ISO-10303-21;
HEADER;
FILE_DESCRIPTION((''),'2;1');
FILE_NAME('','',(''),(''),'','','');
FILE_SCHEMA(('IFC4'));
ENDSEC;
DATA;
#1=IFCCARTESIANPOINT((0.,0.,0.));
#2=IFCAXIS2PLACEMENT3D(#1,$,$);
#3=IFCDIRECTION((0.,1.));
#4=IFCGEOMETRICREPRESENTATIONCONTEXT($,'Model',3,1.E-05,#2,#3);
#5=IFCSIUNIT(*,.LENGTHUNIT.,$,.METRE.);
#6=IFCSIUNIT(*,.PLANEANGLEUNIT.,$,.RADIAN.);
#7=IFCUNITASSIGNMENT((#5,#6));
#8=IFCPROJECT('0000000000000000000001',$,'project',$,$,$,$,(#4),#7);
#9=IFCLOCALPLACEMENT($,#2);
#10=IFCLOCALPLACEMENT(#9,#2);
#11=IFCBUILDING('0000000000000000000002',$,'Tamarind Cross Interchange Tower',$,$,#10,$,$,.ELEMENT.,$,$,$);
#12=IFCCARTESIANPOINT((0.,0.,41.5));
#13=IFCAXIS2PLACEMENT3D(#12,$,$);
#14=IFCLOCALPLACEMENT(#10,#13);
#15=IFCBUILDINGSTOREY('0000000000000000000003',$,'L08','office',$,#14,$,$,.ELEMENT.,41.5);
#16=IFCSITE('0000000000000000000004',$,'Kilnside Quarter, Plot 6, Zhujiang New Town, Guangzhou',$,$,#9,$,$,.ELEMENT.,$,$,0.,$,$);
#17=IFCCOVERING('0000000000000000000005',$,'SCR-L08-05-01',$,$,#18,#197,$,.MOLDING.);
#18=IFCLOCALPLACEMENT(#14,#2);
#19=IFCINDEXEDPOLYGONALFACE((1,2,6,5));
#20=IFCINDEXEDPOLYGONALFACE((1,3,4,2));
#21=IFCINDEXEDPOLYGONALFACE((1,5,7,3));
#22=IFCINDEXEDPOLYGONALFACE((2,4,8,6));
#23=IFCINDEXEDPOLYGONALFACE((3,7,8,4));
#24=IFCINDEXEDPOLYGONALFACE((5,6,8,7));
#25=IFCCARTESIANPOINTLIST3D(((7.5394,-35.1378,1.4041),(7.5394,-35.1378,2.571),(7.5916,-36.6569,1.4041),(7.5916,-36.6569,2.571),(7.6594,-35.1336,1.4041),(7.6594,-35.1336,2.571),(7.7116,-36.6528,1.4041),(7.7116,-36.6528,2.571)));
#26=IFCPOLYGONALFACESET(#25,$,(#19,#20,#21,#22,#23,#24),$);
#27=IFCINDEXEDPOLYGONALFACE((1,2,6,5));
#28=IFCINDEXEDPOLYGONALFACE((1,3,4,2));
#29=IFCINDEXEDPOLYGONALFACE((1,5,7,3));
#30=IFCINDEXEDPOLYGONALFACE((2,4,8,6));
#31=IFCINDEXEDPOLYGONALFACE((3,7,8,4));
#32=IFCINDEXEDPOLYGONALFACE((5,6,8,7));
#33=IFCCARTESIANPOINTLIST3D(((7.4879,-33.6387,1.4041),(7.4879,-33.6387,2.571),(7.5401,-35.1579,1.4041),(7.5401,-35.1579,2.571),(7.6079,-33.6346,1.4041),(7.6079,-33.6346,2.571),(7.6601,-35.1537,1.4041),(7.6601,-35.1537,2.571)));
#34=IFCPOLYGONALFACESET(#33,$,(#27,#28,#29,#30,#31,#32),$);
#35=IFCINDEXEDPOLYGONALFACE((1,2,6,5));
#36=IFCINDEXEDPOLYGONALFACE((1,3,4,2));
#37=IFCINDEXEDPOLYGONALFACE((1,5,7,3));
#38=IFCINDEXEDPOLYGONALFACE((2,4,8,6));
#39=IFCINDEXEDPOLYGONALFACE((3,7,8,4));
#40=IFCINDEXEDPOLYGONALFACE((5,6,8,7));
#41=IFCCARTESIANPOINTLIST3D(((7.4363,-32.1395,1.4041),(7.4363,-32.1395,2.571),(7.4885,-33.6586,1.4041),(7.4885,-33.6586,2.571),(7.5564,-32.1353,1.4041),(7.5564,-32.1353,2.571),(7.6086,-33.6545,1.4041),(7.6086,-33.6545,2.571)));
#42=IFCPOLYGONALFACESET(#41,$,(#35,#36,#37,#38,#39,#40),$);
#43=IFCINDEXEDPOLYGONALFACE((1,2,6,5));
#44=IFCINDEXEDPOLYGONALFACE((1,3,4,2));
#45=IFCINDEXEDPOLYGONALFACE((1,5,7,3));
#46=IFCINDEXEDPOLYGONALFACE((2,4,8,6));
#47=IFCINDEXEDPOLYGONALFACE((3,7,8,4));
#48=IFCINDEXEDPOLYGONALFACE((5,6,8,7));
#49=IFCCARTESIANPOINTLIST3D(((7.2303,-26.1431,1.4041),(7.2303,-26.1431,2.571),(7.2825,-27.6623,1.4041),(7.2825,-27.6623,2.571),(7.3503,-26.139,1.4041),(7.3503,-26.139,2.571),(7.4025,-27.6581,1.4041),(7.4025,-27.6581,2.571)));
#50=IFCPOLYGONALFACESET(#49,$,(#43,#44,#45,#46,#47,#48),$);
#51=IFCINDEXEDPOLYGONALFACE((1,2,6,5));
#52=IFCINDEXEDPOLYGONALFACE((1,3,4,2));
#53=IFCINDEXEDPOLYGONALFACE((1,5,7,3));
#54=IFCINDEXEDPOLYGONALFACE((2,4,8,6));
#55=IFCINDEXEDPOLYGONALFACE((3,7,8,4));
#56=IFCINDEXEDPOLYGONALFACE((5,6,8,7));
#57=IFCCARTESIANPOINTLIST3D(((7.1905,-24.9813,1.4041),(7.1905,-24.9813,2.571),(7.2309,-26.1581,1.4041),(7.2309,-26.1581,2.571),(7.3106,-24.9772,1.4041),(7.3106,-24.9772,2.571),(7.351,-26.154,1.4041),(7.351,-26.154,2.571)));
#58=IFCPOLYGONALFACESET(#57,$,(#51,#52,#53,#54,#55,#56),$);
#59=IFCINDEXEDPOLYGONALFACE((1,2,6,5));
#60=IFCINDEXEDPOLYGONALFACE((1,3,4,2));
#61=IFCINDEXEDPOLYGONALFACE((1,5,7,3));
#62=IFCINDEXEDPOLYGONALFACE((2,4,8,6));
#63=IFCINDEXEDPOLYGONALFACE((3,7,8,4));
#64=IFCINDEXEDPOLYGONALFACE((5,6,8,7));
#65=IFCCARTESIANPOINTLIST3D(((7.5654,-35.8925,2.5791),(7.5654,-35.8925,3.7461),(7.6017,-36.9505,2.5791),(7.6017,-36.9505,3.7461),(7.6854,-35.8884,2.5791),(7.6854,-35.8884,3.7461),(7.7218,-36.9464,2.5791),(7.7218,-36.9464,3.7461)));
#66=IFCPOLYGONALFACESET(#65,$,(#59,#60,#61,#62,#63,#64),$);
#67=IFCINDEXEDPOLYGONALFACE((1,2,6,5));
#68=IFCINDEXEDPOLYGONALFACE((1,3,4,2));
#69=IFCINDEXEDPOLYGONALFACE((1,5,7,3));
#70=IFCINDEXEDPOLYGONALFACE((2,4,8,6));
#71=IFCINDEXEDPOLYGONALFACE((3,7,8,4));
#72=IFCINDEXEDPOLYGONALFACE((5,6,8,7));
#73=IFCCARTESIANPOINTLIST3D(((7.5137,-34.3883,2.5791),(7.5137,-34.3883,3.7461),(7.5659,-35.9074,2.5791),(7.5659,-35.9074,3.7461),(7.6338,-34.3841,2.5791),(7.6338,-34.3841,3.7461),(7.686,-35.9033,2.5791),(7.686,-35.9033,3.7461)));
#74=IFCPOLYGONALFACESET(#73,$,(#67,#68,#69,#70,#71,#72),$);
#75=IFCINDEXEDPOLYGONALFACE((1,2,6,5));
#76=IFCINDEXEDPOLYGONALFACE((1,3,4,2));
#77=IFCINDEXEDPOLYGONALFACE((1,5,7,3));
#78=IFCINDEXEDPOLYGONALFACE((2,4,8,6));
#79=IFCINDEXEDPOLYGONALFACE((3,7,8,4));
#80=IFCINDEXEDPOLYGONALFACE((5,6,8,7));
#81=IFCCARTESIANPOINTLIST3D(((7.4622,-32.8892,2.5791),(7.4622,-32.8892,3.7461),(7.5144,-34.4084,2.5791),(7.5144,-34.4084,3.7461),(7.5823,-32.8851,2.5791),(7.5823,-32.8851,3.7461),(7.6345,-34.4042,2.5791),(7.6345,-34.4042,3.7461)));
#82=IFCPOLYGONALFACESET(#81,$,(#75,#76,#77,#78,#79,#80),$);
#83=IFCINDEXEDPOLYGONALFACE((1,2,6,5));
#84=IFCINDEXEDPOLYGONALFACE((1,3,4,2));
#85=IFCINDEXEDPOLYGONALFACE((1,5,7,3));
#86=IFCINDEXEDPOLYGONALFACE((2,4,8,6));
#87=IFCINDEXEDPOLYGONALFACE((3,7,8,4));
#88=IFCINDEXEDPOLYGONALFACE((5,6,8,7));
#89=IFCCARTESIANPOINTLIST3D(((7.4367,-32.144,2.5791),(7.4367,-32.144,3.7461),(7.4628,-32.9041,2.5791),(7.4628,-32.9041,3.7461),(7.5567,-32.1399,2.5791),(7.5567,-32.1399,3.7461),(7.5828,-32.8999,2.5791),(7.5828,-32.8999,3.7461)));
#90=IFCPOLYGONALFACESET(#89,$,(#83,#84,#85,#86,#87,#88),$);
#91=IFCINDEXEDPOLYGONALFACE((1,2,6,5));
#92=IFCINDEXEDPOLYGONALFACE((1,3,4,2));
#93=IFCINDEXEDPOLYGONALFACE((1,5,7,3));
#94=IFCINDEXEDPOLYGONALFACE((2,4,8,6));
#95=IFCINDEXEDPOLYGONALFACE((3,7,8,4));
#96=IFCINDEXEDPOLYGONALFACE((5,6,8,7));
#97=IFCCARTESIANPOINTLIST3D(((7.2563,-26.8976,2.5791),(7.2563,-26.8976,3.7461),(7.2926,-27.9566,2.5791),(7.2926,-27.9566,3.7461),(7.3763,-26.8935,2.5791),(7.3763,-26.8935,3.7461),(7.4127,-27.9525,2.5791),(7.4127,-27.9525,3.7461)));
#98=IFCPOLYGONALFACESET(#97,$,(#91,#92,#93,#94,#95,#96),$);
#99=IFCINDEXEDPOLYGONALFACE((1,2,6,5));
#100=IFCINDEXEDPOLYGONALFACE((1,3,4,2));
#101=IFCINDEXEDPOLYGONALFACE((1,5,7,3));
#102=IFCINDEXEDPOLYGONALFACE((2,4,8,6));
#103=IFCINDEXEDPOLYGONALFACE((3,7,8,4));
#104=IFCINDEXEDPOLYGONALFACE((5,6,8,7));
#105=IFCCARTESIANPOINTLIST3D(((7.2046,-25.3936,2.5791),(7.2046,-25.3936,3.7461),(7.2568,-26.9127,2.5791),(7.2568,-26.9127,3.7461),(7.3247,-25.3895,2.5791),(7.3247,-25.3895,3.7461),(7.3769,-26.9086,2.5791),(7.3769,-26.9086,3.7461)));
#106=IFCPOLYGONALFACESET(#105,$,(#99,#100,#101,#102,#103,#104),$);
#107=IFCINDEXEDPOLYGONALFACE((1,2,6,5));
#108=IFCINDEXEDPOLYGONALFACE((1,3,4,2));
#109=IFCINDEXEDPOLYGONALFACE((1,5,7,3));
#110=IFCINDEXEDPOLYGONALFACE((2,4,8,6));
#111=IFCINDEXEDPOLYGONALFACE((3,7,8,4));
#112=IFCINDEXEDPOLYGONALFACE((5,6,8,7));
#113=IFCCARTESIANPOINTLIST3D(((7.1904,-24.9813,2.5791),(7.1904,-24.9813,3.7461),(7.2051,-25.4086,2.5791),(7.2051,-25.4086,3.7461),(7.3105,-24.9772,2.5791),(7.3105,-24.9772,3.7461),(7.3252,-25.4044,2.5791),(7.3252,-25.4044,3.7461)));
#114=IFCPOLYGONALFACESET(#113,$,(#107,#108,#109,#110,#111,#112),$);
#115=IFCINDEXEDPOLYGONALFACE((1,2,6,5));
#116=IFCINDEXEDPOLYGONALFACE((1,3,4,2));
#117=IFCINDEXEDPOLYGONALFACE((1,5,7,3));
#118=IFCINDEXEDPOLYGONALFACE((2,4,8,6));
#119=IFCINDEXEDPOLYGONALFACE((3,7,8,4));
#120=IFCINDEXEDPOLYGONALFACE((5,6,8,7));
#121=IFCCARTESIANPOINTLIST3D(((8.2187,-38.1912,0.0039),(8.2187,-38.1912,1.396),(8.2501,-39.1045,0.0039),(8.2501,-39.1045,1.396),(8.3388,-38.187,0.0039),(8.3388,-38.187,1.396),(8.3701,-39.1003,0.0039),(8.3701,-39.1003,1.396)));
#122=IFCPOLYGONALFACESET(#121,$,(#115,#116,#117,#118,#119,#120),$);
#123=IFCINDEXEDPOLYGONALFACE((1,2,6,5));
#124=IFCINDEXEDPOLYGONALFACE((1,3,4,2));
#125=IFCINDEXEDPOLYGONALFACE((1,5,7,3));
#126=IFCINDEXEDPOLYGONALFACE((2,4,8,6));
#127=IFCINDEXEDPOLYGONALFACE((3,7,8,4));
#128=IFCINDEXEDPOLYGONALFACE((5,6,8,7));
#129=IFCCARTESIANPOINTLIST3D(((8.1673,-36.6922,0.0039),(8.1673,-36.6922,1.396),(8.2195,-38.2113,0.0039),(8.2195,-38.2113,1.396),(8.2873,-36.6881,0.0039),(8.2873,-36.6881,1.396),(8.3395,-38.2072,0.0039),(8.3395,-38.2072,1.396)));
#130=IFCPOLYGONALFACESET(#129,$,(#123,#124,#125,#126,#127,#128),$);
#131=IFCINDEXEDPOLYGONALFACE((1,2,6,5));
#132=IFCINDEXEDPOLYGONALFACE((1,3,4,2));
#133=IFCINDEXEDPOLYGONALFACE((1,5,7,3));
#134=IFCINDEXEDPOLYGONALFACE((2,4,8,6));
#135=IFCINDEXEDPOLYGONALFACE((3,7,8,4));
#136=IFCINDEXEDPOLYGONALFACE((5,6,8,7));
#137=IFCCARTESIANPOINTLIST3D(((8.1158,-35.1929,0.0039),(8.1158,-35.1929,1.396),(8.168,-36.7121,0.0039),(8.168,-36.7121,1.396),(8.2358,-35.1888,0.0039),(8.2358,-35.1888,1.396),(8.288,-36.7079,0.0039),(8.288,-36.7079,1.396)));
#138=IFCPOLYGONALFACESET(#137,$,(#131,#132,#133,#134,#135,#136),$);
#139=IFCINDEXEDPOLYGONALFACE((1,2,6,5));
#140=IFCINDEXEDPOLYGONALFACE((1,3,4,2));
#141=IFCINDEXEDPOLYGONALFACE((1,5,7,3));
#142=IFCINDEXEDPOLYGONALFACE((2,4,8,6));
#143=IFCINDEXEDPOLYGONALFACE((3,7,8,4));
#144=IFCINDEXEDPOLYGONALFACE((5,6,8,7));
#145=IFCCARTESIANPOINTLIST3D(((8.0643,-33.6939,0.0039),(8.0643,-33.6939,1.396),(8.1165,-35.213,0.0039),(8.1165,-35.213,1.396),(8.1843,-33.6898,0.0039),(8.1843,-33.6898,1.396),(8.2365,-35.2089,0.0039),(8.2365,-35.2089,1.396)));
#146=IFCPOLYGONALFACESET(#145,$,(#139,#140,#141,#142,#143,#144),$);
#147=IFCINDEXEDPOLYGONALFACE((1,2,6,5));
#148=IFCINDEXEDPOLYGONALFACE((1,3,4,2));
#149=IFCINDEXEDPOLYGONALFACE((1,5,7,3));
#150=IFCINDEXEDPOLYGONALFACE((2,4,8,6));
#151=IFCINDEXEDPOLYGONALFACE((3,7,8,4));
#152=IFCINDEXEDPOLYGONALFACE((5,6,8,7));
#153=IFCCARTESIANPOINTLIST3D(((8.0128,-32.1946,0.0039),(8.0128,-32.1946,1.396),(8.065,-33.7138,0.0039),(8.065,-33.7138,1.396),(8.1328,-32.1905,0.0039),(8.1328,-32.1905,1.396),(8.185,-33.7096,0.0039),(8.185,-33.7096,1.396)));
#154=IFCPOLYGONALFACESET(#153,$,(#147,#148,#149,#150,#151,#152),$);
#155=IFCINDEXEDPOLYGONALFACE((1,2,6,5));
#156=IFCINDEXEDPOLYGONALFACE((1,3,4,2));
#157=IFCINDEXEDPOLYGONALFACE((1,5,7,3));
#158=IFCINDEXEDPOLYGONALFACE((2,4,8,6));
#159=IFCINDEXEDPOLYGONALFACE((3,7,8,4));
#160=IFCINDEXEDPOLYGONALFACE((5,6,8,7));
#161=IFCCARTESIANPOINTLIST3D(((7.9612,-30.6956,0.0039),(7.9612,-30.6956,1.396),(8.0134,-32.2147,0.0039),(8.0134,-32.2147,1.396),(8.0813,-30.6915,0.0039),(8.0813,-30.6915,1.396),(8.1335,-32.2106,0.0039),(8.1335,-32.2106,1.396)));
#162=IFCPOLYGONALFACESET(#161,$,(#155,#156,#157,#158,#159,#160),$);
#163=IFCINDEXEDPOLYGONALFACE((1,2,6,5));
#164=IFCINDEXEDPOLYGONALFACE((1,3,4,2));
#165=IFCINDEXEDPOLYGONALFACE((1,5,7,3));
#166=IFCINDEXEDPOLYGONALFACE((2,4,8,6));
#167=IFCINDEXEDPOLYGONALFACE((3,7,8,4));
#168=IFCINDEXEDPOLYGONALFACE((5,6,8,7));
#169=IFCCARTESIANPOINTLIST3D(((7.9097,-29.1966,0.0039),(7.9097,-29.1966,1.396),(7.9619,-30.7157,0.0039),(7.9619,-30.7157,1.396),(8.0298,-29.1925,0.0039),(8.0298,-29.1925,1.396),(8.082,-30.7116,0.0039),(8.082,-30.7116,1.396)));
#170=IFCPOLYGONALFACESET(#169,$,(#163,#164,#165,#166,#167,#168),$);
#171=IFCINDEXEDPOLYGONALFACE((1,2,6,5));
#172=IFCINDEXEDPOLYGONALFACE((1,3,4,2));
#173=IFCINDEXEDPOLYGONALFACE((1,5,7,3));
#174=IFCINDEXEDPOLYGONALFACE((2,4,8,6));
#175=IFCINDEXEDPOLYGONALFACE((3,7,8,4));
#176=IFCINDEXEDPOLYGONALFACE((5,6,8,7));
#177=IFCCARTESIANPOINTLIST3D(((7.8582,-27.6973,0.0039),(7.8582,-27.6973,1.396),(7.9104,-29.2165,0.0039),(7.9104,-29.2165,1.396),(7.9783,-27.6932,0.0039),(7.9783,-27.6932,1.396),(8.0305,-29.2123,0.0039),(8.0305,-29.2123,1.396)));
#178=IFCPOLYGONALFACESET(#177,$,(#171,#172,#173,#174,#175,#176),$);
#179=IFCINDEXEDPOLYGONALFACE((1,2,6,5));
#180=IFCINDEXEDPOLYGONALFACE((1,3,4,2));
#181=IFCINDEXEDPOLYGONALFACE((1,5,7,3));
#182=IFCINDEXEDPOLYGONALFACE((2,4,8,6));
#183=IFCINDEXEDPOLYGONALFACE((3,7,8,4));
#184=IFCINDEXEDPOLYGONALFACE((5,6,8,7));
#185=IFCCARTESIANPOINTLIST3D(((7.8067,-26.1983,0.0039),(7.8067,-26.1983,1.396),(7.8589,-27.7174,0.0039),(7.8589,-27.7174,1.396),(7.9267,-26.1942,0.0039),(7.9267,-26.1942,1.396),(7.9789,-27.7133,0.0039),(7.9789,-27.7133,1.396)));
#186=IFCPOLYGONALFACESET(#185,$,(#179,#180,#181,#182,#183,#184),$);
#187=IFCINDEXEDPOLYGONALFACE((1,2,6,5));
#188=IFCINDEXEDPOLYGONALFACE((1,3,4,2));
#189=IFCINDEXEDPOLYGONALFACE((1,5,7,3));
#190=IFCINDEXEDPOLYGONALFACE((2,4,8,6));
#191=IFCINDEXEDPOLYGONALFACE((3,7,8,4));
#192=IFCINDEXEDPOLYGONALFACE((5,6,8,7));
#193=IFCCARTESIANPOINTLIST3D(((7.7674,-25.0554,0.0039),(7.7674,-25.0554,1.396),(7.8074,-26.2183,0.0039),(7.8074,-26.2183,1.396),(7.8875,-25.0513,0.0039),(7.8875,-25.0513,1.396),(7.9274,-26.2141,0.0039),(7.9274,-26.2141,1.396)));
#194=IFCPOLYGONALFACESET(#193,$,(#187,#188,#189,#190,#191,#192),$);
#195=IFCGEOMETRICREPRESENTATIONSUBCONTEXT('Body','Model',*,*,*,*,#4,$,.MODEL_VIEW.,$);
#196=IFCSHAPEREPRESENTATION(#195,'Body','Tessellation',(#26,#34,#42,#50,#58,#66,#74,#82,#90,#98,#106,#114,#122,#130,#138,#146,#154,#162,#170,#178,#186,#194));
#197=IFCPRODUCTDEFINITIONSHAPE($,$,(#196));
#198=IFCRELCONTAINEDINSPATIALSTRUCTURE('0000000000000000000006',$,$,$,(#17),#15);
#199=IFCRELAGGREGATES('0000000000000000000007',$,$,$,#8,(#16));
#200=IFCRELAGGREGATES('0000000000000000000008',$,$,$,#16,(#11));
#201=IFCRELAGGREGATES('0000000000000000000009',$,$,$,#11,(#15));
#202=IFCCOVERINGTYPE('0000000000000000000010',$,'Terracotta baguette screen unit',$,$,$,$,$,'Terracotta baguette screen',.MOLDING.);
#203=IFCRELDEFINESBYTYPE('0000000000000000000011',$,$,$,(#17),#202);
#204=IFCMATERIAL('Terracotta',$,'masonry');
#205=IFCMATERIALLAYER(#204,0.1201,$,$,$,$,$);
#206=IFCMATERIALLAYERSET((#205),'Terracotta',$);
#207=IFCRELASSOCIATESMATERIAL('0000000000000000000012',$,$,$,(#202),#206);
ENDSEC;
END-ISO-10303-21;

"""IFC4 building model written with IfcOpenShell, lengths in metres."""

from ifc_helpers import new_model, si_unit, direction, frame, origin, origin_2d, place, context, subcontext, project, spatial, rectangle, extrude, material, layer, layer_set, type_object, element, save


model = new_model("IFC4")

# Units and contexts
model_context = context("Model", 3, precision=1e-05, world=origin(), true_north=direction((0.0, 1.0)))
body_context = subcontext(model_context, "Body", "Model", "MODEL_VIEW")
ifc_project = project(units=[si_unit("LENGTHUNIT", "METRE"), si_unit("PLANEANGLEUNIT", "RADIAN")], contexts=[model_context])

# Site, building, storey
site_placement = place(None, origin())
site = spatial("IfcSite", under=ifc_project, at=site_placement, Name="Kilnside Quarter, Plot 6, Zhujiang New Town, Guangzhou", CompositionType="ELEMENT", RefElevation=0.0)
building_placement = place(site_placement, origin())
building = spatial("IfcBuilding", under=site, at=building_placement, Name="Tamarind Cross Interchange Tower", CompositionType="ELEMENT")
storey_placement = place(building_placement, frame((0.0, 0.0, 41.5)))
storey = spatial("IfcBuildingStorey", under=building, at=storey_placement, Name="L08", Description="office", CompositionType="ELEMENT", Elevation=41.5)

# Covering
ifc_material_1 = material(Name="Terracotta", Category="masonry")
ifc_layer_1 = layer(ifc_material_1, 0.1201)
ifc_layer_set_1 = layer_set([ifc_layer_1], Name="Terracotta")
covering_type = type_object("IfcCoveringType", Name="Terracotta baguette screen unit", ElementType="Terracotta baguette screen", PredefinedType="MOLDING", material=ifc_layer_set_1)
covering_1_placement = place(storey_placement, origin())
element("IfcCovering", 1, at=covering_1_placement, inside=storey, type_object=covering_type, Name="SCR-L08-05-01", PredefinedType="MOLDING", context=body_context, shape_type="SweptSolid", body=[
    extrude(rectangle(XDim=1.52, YDim=0.1201, at=origin_2d()), frame((7.6255, -35.8953, 1.4041), z_axis=(0.0, 0.0, 1.0), x_axis=(-0.034343, 0.99941, 0.0)), (0.0, 0.0, 1.0), 1.167),
    extrude(rectangle(XDim=1.52, YDim=0.1201, at=origin_2d()), frame((7.574, -34.3962, 1.4041), z_axis=(0.0, 0.0, 1.0), x_axis=(-0.034343, 0.99941, 0.0)), (0.0, 0.0, 1.0), 1.167),
    extrude(rectangle(XDim=1.52, YDim=0.1201, at=origin_2d()), frame((7.5225, -32.897, 1.4041), z_axis=(0.0, 0.0, 1.0), x_axis=(-0.034343, 0.99941, 0.0)), (0.0, 0.0, 1.0), 1.167),
    extrude(rectangle(XDim=1.52, YDim=0.1201, at=origin_2d()), frame((7.3164, -26.9006, 1.4041), z_axis=(0.0, 0.0, 1.0), x_axis=(-0.034343, 0.99941, 0.0)), (0.0, 0.0, 1.0), 1.167),
    extrude(rectangle(XDim=1.1775, YDim=0.1201, at=origin_2d()), frame((7.2708, -25.5676, 1.4041), z_axis=(0.0, 0.0, 1.0), x_axis=(-0.034343, 0.99941, 0.0)), (0.0, 0.0, 1.0), 1.167),
    extrude(rectangle(XDim=1.0586, YDim=0.1201, at=origin_2d()), frame((7.6436, -36.4194, 2.5791), z_axis=(0.0, 0.0, 1.0), x_axis=(-0.034343, 0.99941, 0.0)), (0.0, 0.0, 1.0), 1.167),
    extrude(rectangle(XDim=1.52, YDim=0.1201, at=origin_2d()), frame((7.5999, -35.1458, 2.5791), z_axis=(0.0, 0.0, 1.0), x_axis=(-0.034343, 0.99941, 0.0)), (0.0, 0.0, 1.0), 1.167),
    extrude(rectangle(XDim=1.52, YDim=0.1201, at=origin_2d()), frame((7.5483, -33.6467, 2.5791), z_axis=(0.0, 0.0, 1.0), x_axis=(-0.034343, 0.99941, 0.0)), (0.0, 0.0, 1.0), 1.167),
    extrude(rectangle(XDim=0.7605, YDim=0.1201, at=origin_2d()), frame((7.5098, -32.522, 2.5791), z_axis=(0.0, 0.0, 1.0), x_axis=(-0.034343, 0.99941, 0.0)), (0.0, 0.0, 1.0), 1.167),
    extrude(rectangle(XDim=1.0596, YDim=0.1201, at=origin_2d()), frame((7.3345, -27.425, 2.5791), z_axis=(0.0, 0.0, 1.0), x_axis=(-0.034343, 0.99941, 0.0)), (0.0, 0.0, 1.0), 1.167),
    extrude(rectangle(XDim=1.52, YDim=0.1201, at=origin_2d()), frame((7.2908, -26.1511, 2.5791), z_axis=(0.0, 0.0, 1.0), x_axis=(-0.034343, 0.99941, 0.0)), (0.0, 0.0, 1.0), 1.167),
    extrude(rectangle(XDim=0.4275, YDim=0.1201, at=origin_2d()), frame((7.2578, -25.1929, 2.5791), z_axis=(0.0, 0.0, 1.0), x_axis=(-0.034343, 0.99941, 0.0)), (0.0, 0.0, 1.0), 1.167),
    extrude(rectangle(XDim=0.9138, YDim=0.1201, at=origin_2d()), frame((8.2944, -38.6458, 0.0039), z_axis=(0.0, 0.0, 1.0), x_axis=(-0.034343, 0.99941, 0.0)), (0.0, 0.0, 1.0), 1.3921),
    extrude(rectangle(XDim=1.52, YDim=0.1201, at=origin_2d()), frame((8.2534, -37.4497, 0.0039), z_axis=(0.0, 0.0, 1.0), x_axis=(-0.034343, 0.99941, 0.0)), (0.0, 0.0, 1.0), 1.3921),
    extrude(rectangle(XDim=1.52, YDim=0.1201, at=origin_2d()), frame((8.2019, -35.9504, 0.0039), z_axis=(0.0, 0.0, 1.0), x_axis=(-0.034343, 0.99941, 0.0)), (0.0, 0.0, 1.0), 1.3921),
    extrude(rectangle(XDim=1.52, YDim=0.1201, at=origin_2d()), frame((8.1504, -34.4514, 0.0039), z_axis=(0.0, 0.0, 1.0), x_axis=(-0.034343, 0.99941, 0.0)), (0.0, 0.0, 1.0), 1.3921),
    extrude(rectangle(XDim=1.52, YDim=0.1201, at=origin_2d()), frame((8.0989, -32.9521, 0.0039), z_axis=(0.0, 0.0, 1.0), x_axis=(-0.034343, 0.99941, 0.0)), (0.0, 0.0, 1.0), 1.3921),
    extrude(rectangle(XDim=1.52, YDim=0.1201, at=origin_2d()), frame((8.0474, -31.4531, 0.0039), z_axis=(0.0, 0.0, 1.0), x_axis=(-0.034343, 0.99941, 0.0)), (0.0, 0.0, 1.0), 1.3921),
    extrude(rectangle(XDim=1.52, YDim=0.1201, at=origin_2d()), frame((7.9958, -29.9541, 0.0039), z_axis=(0.0, 0.0, 1.0), x_axis=(-0.034343, 0.99941, 0.0)), (0.0, 0.0, 1.0), 1.3921),
    extrude(rectangle(XDim=1.52, YDim=0.1201, at=origin_2d()), frame((7.9443, -28.4548, 0.0039), z_axis=(0.0, 0.0, 1.0), x_axis=(-0.034343, 0.99941, 0.0)), (0.0, 0.0, 1.0), 1.3921),
    extrude(rectangle(XDim=1.52, YDim=0.1201, at=origin_2d()), frame((7.8928, -26.9558, 0.0039), z_axis=(0.0, 0.0, 1.0), x_axis=(-0.034343, 0.99941, 0.0)), (0.0, 0.0, 1.0), 1.3921),
    extrude(rectangle(XDim=1.1636, YDim=0.1201, at=origin_2d()), frame((7.8474, -25.6348, 0.0039), z_axis=(0.0, 0.0, 1.0), x_axis=(-0.034343, 0.99941, 0.0)), (0.0, 0.0, 1.0), 1.3921),
])

save(model, "model.ifc")
